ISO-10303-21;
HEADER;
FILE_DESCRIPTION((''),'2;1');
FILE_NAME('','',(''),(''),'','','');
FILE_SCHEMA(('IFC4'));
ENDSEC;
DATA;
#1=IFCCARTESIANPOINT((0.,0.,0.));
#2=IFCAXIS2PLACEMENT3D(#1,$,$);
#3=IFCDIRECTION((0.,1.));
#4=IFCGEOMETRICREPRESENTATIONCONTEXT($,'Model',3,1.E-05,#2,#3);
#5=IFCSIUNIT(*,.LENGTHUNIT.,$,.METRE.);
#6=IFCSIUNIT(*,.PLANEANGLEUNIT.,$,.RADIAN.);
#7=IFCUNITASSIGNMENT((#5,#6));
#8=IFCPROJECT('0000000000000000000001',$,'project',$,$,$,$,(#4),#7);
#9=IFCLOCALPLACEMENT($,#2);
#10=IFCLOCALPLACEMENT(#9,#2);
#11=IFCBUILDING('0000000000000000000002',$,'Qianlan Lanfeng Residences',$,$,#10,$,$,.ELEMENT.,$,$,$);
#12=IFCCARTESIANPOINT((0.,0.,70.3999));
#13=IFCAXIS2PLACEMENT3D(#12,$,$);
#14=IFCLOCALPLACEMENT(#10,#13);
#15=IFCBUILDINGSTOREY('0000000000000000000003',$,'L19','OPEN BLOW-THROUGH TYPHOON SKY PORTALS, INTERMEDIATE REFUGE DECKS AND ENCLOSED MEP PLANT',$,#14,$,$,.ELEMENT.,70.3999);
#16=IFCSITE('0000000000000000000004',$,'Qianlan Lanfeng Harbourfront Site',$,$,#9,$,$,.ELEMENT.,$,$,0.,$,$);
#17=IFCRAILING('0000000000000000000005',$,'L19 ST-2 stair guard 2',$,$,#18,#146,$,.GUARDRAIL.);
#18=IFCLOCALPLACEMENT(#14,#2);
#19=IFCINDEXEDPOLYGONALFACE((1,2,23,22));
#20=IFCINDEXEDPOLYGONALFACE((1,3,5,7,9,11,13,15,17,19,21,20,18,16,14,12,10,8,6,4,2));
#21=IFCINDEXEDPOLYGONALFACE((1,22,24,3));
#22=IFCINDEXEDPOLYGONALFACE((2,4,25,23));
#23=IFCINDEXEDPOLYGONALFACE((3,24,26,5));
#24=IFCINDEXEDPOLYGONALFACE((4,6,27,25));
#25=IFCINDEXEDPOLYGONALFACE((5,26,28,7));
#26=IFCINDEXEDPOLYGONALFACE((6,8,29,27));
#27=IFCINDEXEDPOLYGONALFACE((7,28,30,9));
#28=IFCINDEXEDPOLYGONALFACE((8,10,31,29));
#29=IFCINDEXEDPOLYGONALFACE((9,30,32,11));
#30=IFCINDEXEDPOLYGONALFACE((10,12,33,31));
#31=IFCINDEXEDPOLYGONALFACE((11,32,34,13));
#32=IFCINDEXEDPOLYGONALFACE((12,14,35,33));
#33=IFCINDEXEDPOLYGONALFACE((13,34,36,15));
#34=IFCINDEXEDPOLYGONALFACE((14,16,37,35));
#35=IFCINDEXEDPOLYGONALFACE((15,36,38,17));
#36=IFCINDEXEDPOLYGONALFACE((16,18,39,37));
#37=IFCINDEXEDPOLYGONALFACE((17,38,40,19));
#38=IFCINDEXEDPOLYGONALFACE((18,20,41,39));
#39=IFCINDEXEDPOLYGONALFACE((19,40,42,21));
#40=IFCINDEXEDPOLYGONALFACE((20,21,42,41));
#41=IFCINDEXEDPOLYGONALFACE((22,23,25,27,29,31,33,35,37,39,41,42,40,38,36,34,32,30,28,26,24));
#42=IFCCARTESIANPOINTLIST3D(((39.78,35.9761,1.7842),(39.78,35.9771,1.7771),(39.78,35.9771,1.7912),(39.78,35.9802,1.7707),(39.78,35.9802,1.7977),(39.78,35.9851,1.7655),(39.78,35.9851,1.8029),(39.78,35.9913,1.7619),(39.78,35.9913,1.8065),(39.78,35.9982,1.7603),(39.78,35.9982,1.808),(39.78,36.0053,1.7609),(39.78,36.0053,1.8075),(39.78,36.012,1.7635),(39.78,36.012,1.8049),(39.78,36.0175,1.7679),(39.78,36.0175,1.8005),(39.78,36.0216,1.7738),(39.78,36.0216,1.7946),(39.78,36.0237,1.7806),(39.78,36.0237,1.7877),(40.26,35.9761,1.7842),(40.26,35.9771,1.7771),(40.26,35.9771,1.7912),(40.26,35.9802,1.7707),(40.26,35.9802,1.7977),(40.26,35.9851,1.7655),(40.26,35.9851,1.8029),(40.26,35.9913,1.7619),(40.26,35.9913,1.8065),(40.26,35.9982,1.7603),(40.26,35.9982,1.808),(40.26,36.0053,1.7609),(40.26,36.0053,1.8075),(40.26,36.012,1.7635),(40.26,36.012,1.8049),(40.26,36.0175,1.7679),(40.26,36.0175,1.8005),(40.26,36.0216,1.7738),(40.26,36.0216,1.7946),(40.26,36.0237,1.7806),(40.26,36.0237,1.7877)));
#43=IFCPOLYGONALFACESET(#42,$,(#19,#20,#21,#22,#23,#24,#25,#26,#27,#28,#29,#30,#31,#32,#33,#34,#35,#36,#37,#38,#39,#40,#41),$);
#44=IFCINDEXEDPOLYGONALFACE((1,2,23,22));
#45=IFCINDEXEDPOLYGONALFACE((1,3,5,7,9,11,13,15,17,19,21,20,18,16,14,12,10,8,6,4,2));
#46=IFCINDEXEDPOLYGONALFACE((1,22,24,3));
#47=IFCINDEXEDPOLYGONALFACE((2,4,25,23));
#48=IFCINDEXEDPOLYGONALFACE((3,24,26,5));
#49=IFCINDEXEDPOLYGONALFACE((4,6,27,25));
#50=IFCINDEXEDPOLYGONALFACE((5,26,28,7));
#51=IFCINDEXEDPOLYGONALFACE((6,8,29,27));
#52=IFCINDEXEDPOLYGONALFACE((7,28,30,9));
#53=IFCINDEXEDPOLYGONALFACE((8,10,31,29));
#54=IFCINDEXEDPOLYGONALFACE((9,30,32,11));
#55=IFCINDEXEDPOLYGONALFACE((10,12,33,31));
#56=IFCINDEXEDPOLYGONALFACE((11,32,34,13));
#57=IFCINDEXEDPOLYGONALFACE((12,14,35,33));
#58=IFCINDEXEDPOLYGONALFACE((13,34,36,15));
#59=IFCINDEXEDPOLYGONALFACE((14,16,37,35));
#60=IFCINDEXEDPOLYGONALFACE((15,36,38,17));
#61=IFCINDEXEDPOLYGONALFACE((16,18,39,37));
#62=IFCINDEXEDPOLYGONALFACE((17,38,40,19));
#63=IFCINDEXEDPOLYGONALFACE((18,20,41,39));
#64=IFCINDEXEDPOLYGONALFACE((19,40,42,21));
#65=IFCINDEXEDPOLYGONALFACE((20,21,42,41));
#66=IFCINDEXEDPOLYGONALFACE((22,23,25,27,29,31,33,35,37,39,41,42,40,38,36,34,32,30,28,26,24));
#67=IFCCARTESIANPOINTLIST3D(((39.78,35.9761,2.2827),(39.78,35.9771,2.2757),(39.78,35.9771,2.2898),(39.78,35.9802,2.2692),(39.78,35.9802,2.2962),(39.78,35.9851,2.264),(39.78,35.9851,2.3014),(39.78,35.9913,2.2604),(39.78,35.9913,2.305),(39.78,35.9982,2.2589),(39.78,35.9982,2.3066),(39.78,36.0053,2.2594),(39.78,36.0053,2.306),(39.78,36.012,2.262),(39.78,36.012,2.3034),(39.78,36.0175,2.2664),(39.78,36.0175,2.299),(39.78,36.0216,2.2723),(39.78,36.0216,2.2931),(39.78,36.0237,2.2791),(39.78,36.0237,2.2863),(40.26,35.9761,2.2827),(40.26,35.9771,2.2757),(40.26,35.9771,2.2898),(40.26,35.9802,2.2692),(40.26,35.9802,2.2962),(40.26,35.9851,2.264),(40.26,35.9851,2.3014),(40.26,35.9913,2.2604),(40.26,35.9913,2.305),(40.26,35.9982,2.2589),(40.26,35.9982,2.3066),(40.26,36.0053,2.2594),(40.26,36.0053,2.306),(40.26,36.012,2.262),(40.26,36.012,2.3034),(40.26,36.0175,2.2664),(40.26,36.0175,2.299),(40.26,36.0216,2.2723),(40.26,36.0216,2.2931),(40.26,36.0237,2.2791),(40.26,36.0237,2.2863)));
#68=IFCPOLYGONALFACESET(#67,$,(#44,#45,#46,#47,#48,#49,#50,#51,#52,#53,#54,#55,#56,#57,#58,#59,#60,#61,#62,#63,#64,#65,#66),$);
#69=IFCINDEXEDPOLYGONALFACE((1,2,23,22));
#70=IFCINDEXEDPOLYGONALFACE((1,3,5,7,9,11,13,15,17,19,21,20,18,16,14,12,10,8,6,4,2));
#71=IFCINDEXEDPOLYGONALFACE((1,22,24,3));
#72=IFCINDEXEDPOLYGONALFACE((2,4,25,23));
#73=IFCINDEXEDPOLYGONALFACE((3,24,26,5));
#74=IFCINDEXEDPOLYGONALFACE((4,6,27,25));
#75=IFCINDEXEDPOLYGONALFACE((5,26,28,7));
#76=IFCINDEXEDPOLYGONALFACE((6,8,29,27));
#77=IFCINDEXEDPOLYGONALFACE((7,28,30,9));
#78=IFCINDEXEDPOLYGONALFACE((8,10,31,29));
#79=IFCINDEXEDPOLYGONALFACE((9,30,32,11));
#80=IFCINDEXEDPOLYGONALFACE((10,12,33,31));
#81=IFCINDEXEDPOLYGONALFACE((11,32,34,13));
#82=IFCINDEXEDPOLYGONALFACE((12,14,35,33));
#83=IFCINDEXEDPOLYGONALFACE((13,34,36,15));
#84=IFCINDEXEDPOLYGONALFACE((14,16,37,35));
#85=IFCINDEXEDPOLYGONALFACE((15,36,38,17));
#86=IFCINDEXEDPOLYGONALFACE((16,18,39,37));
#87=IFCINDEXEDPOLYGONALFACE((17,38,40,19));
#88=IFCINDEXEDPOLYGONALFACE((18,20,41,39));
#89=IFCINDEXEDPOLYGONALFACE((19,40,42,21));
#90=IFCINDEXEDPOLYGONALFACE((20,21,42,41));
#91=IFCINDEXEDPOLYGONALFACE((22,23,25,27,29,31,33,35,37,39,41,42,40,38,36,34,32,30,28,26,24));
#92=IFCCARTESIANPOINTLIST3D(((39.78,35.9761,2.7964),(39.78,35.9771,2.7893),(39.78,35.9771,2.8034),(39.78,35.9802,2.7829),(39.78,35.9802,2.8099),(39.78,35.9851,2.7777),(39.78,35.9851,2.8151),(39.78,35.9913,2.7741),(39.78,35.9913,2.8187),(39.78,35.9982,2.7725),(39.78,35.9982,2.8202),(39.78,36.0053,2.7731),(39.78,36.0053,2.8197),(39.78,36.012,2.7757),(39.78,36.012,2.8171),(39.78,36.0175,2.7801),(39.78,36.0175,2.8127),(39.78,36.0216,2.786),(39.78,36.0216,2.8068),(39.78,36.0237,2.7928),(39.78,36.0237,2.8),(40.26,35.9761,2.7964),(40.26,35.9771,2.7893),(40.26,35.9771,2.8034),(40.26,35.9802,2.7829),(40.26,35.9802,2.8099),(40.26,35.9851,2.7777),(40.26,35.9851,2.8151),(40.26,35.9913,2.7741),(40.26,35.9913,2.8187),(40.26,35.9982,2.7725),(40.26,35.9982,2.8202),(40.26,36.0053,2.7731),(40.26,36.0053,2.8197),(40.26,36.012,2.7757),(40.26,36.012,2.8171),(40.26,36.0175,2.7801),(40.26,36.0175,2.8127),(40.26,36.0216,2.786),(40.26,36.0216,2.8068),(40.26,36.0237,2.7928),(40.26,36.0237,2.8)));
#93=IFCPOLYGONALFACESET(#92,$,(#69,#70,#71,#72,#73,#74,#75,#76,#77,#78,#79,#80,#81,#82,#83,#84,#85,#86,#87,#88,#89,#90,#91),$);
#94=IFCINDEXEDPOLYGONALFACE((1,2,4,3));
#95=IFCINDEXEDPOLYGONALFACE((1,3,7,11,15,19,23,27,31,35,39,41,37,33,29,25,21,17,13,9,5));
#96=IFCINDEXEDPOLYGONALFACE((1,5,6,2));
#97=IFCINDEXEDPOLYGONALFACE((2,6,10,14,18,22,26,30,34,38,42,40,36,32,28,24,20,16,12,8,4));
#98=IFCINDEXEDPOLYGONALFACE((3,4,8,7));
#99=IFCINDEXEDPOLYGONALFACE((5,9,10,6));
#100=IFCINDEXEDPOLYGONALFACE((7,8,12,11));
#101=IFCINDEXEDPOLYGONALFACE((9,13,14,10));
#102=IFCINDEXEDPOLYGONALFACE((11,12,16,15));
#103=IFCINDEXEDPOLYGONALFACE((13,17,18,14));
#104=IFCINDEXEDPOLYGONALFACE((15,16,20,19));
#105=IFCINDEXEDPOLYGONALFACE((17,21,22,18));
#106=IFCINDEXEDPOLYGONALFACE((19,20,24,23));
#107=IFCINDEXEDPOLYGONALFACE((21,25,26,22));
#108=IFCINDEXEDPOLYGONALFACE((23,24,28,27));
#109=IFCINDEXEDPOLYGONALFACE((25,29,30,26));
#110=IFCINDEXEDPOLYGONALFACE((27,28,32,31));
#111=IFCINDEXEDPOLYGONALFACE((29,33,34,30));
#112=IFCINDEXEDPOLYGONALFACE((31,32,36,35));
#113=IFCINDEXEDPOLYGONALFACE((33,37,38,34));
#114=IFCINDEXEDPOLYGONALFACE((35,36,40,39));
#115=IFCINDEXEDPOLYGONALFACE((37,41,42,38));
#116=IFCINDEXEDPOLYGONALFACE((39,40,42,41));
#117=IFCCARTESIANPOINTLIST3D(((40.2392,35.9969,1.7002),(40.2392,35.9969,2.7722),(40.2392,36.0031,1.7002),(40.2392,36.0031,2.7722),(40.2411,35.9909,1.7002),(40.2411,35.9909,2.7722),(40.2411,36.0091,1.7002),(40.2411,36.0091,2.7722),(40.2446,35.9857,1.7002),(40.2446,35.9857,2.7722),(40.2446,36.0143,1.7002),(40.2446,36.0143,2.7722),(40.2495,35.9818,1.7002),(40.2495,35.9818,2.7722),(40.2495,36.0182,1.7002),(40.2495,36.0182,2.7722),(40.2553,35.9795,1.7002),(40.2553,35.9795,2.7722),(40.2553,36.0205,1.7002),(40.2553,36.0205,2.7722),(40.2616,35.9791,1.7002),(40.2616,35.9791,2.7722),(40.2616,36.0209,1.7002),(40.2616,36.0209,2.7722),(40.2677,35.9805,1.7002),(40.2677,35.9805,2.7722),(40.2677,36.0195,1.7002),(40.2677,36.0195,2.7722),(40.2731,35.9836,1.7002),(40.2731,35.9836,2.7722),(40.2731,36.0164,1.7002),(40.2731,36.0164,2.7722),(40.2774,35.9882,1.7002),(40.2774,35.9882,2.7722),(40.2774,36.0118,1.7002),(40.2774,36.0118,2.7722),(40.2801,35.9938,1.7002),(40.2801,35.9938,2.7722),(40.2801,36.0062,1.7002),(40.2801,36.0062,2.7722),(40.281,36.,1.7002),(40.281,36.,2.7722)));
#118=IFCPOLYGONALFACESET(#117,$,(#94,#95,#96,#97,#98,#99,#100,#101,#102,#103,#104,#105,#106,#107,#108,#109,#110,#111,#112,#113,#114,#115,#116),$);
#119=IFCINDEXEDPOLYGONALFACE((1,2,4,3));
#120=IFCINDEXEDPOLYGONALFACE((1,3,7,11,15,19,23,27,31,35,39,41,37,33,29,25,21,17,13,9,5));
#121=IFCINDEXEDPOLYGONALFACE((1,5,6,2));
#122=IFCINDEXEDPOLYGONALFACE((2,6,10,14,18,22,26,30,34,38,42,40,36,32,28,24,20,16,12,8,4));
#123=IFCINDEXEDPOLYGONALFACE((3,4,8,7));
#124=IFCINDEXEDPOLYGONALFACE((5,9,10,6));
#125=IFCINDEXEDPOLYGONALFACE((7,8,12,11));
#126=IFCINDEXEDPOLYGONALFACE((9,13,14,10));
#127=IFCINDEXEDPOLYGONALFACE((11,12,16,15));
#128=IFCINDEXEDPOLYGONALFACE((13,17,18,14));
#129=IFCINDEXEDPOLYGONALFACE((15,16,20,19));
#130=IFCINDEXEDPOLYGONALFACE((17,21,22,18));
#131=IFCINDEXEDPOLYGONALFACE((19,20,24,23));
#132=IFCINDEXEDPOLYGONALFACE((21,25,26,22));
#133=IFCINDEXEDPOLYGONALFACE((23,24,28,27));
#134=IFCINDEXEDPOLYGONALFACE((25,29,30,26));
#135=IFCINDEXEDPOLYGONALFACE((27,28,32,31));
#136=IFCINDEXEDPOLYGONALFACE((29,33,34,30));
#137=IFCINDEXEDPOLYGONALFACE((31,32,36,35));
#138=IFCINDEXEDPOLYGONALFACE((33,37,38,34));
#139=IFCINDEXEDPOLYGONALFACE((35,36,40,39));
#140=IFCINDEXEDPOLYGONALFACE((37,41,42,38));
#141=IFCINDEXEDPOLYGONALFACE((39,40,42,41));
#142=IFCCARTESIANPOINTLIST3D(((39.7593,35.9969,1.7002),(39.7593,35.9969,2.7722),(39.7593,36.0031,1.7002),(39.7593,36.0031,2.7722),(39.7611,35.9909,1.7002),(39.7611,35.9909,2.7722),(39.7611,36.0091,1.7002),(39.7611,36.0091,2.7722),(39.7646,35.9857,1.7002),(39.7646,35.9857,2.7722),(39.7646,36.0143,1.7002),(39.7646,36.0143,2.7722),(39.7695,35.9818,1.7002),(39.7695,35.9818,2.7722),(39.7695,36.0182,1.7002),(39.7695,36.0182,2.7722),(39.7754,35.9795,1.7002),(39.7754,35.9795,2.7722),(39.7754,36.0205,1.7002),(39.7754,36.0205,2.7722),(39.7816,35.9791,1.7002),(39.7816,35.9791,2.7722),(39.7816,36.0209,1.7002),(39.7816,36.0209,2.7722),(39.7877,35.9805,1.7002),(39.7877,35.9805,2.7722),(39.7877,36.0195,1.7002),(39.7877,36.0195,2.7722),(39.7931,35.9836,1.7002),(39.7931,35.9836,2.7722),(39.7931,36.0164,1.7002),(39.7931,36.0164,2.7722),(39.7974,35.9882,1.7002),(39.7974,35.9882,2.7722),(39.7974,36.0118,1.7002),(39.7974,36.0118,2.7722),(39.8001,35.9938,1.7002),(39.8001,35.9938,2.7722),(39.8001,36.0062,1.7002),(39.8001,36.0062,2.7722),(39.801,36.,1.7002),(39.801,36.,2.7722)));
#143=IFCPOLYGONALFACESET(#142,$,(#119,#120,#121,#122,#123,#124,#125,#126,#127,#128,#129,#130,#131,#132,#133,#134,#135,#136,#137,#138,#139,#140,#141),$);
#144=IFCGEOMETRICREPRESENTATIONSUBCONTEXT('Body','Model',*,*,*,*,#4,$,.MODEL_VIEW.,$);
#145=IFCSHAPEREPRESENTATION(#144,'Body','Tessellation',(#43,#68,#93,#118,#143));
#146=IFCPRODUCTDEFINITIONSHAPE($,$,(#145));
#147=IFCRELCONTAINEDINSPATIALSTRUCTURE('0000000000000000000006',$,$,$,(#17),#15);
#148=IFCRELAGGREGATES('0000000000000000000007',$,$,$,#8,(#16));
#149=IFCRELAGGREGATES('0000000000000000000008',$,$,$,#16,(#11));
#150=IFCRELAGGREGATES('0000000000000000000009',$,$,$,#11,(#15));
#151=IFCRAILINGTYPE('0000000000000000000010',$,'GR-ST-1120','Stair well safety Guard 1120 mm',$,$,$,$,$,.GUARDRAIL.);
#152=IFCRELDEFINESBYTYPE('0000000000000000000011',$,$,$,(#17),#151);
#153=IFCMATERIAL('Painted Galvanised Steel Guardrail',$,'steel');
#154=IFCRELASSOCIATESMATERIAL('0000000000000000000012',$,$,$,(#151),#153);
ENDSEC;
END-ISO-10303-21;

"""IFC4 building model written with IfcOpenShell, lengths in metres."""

from ifc_helpers import new_model, si_unit, direction, frame, origin, origin_2d, place, context, subcontext, project, spatial, circle, extrude, material, type_object, element, save


model = new_model("IFC4")

# Units and contexts
model_context = context("Model", 3, precision=1e-05, world=origin(), true_north=direction((0.0, 1.0)))
body_context = subcontext(model_context, "Body", "Model", "MODEL_VIEW")
ifc_project = project(units=[si_unit("LENGTHUNIT", "METRE"), si_unit("PLANEANGLEUNIT", "RADIAN")], contexts=[model_context])

# Site, building, storey
site_placement = place(None, origin())
site = spatial("IfcSite", under=ifc_project, at=site_placement, Name="Qianlan Lanfeng Harbourfront Site", CompositionType="ELEMENT", RefElevation=0.0)
building_placement = place(site_placement, origin())
building = spatial("IfcBuilding", under=site, at=building_placement, Name="Qianlan Lanfeng Residences", CompositionType="ELEMENT")
storey_placement = place(building_placement, frame((0.0, 0.0, 70.3999)))
storey = spatial("IfcBuildingStorey", under=building, at=storey_placement, Name="L19", Description="OPEN BLOW-THROUGH TYPHOON SKY PORTALS, INTERMEDIATE REFUGE DECKS AND ENCLOSED MEP PLANT", CompositionType="ELEMENT", Elevation=70.3999)

# Railing
ifc_material_1 = material(Name="Painted Galvanised Steel Guardrail", Category="steel")
railing_type_1 = type_object("IfcRailingType", Name="GR-ST-1120", Description="Stair well safety Guard 1120 mm", PredefinedType="GUARDRAIL", material=ifc_material_1)
for number, where, name in (
    (1, (40.26, 36.0, 1.7002), "L19 ST-2 stair guard 2"),
):
    element("IfcRailing", number, at=place(storey_placement, frame(where)), inside=storey, type_object=railing_type_1, Name=name, PredefinedType="GUARDRAIL", context=body_context, shape_type="SweptSolid", body=[
        extrude(circle(Radius=0.0239, at=origin_2d()), frame((0.0, 0.0, 0.084), z_axis=(-1.0, 0.0, 0.0), x_axis=(0.0, -1.0, 0.0)), (0.0, 0.0, 1.0), 0.48),
        extrude(circle(Radius=0.0239, at=origin_2d()), frame((0.0, 0.0, 0.5825), z_axis=(-1.0, 0.0, 0.0), x_axis=(0.0, -1.0, 0.0)), (0.0, 0.0, 1.0), 0.48),
        extrude(circle(Radius=0.0239, at=origin_2d()), frame((0.0, 0.0, 1.0962), z_axis=(-1.0, 0.0, 0.0), x_axis=(0.0, -1.0, 0.0)), (0.0, 0.0, 1.0), 0.48),
        extrude(circle(Radius=0.021, at=origin_2d()), origin(), (0.0, 0.0, 1.0), 1.072),
        extrude(circle(Radius=0.021, at=origin_2d()), frame((-0.48, 0.0, 0.0)), (0.0, 0.0, 1.0), 1.072),
    ])

save(model, "model.ifc")
